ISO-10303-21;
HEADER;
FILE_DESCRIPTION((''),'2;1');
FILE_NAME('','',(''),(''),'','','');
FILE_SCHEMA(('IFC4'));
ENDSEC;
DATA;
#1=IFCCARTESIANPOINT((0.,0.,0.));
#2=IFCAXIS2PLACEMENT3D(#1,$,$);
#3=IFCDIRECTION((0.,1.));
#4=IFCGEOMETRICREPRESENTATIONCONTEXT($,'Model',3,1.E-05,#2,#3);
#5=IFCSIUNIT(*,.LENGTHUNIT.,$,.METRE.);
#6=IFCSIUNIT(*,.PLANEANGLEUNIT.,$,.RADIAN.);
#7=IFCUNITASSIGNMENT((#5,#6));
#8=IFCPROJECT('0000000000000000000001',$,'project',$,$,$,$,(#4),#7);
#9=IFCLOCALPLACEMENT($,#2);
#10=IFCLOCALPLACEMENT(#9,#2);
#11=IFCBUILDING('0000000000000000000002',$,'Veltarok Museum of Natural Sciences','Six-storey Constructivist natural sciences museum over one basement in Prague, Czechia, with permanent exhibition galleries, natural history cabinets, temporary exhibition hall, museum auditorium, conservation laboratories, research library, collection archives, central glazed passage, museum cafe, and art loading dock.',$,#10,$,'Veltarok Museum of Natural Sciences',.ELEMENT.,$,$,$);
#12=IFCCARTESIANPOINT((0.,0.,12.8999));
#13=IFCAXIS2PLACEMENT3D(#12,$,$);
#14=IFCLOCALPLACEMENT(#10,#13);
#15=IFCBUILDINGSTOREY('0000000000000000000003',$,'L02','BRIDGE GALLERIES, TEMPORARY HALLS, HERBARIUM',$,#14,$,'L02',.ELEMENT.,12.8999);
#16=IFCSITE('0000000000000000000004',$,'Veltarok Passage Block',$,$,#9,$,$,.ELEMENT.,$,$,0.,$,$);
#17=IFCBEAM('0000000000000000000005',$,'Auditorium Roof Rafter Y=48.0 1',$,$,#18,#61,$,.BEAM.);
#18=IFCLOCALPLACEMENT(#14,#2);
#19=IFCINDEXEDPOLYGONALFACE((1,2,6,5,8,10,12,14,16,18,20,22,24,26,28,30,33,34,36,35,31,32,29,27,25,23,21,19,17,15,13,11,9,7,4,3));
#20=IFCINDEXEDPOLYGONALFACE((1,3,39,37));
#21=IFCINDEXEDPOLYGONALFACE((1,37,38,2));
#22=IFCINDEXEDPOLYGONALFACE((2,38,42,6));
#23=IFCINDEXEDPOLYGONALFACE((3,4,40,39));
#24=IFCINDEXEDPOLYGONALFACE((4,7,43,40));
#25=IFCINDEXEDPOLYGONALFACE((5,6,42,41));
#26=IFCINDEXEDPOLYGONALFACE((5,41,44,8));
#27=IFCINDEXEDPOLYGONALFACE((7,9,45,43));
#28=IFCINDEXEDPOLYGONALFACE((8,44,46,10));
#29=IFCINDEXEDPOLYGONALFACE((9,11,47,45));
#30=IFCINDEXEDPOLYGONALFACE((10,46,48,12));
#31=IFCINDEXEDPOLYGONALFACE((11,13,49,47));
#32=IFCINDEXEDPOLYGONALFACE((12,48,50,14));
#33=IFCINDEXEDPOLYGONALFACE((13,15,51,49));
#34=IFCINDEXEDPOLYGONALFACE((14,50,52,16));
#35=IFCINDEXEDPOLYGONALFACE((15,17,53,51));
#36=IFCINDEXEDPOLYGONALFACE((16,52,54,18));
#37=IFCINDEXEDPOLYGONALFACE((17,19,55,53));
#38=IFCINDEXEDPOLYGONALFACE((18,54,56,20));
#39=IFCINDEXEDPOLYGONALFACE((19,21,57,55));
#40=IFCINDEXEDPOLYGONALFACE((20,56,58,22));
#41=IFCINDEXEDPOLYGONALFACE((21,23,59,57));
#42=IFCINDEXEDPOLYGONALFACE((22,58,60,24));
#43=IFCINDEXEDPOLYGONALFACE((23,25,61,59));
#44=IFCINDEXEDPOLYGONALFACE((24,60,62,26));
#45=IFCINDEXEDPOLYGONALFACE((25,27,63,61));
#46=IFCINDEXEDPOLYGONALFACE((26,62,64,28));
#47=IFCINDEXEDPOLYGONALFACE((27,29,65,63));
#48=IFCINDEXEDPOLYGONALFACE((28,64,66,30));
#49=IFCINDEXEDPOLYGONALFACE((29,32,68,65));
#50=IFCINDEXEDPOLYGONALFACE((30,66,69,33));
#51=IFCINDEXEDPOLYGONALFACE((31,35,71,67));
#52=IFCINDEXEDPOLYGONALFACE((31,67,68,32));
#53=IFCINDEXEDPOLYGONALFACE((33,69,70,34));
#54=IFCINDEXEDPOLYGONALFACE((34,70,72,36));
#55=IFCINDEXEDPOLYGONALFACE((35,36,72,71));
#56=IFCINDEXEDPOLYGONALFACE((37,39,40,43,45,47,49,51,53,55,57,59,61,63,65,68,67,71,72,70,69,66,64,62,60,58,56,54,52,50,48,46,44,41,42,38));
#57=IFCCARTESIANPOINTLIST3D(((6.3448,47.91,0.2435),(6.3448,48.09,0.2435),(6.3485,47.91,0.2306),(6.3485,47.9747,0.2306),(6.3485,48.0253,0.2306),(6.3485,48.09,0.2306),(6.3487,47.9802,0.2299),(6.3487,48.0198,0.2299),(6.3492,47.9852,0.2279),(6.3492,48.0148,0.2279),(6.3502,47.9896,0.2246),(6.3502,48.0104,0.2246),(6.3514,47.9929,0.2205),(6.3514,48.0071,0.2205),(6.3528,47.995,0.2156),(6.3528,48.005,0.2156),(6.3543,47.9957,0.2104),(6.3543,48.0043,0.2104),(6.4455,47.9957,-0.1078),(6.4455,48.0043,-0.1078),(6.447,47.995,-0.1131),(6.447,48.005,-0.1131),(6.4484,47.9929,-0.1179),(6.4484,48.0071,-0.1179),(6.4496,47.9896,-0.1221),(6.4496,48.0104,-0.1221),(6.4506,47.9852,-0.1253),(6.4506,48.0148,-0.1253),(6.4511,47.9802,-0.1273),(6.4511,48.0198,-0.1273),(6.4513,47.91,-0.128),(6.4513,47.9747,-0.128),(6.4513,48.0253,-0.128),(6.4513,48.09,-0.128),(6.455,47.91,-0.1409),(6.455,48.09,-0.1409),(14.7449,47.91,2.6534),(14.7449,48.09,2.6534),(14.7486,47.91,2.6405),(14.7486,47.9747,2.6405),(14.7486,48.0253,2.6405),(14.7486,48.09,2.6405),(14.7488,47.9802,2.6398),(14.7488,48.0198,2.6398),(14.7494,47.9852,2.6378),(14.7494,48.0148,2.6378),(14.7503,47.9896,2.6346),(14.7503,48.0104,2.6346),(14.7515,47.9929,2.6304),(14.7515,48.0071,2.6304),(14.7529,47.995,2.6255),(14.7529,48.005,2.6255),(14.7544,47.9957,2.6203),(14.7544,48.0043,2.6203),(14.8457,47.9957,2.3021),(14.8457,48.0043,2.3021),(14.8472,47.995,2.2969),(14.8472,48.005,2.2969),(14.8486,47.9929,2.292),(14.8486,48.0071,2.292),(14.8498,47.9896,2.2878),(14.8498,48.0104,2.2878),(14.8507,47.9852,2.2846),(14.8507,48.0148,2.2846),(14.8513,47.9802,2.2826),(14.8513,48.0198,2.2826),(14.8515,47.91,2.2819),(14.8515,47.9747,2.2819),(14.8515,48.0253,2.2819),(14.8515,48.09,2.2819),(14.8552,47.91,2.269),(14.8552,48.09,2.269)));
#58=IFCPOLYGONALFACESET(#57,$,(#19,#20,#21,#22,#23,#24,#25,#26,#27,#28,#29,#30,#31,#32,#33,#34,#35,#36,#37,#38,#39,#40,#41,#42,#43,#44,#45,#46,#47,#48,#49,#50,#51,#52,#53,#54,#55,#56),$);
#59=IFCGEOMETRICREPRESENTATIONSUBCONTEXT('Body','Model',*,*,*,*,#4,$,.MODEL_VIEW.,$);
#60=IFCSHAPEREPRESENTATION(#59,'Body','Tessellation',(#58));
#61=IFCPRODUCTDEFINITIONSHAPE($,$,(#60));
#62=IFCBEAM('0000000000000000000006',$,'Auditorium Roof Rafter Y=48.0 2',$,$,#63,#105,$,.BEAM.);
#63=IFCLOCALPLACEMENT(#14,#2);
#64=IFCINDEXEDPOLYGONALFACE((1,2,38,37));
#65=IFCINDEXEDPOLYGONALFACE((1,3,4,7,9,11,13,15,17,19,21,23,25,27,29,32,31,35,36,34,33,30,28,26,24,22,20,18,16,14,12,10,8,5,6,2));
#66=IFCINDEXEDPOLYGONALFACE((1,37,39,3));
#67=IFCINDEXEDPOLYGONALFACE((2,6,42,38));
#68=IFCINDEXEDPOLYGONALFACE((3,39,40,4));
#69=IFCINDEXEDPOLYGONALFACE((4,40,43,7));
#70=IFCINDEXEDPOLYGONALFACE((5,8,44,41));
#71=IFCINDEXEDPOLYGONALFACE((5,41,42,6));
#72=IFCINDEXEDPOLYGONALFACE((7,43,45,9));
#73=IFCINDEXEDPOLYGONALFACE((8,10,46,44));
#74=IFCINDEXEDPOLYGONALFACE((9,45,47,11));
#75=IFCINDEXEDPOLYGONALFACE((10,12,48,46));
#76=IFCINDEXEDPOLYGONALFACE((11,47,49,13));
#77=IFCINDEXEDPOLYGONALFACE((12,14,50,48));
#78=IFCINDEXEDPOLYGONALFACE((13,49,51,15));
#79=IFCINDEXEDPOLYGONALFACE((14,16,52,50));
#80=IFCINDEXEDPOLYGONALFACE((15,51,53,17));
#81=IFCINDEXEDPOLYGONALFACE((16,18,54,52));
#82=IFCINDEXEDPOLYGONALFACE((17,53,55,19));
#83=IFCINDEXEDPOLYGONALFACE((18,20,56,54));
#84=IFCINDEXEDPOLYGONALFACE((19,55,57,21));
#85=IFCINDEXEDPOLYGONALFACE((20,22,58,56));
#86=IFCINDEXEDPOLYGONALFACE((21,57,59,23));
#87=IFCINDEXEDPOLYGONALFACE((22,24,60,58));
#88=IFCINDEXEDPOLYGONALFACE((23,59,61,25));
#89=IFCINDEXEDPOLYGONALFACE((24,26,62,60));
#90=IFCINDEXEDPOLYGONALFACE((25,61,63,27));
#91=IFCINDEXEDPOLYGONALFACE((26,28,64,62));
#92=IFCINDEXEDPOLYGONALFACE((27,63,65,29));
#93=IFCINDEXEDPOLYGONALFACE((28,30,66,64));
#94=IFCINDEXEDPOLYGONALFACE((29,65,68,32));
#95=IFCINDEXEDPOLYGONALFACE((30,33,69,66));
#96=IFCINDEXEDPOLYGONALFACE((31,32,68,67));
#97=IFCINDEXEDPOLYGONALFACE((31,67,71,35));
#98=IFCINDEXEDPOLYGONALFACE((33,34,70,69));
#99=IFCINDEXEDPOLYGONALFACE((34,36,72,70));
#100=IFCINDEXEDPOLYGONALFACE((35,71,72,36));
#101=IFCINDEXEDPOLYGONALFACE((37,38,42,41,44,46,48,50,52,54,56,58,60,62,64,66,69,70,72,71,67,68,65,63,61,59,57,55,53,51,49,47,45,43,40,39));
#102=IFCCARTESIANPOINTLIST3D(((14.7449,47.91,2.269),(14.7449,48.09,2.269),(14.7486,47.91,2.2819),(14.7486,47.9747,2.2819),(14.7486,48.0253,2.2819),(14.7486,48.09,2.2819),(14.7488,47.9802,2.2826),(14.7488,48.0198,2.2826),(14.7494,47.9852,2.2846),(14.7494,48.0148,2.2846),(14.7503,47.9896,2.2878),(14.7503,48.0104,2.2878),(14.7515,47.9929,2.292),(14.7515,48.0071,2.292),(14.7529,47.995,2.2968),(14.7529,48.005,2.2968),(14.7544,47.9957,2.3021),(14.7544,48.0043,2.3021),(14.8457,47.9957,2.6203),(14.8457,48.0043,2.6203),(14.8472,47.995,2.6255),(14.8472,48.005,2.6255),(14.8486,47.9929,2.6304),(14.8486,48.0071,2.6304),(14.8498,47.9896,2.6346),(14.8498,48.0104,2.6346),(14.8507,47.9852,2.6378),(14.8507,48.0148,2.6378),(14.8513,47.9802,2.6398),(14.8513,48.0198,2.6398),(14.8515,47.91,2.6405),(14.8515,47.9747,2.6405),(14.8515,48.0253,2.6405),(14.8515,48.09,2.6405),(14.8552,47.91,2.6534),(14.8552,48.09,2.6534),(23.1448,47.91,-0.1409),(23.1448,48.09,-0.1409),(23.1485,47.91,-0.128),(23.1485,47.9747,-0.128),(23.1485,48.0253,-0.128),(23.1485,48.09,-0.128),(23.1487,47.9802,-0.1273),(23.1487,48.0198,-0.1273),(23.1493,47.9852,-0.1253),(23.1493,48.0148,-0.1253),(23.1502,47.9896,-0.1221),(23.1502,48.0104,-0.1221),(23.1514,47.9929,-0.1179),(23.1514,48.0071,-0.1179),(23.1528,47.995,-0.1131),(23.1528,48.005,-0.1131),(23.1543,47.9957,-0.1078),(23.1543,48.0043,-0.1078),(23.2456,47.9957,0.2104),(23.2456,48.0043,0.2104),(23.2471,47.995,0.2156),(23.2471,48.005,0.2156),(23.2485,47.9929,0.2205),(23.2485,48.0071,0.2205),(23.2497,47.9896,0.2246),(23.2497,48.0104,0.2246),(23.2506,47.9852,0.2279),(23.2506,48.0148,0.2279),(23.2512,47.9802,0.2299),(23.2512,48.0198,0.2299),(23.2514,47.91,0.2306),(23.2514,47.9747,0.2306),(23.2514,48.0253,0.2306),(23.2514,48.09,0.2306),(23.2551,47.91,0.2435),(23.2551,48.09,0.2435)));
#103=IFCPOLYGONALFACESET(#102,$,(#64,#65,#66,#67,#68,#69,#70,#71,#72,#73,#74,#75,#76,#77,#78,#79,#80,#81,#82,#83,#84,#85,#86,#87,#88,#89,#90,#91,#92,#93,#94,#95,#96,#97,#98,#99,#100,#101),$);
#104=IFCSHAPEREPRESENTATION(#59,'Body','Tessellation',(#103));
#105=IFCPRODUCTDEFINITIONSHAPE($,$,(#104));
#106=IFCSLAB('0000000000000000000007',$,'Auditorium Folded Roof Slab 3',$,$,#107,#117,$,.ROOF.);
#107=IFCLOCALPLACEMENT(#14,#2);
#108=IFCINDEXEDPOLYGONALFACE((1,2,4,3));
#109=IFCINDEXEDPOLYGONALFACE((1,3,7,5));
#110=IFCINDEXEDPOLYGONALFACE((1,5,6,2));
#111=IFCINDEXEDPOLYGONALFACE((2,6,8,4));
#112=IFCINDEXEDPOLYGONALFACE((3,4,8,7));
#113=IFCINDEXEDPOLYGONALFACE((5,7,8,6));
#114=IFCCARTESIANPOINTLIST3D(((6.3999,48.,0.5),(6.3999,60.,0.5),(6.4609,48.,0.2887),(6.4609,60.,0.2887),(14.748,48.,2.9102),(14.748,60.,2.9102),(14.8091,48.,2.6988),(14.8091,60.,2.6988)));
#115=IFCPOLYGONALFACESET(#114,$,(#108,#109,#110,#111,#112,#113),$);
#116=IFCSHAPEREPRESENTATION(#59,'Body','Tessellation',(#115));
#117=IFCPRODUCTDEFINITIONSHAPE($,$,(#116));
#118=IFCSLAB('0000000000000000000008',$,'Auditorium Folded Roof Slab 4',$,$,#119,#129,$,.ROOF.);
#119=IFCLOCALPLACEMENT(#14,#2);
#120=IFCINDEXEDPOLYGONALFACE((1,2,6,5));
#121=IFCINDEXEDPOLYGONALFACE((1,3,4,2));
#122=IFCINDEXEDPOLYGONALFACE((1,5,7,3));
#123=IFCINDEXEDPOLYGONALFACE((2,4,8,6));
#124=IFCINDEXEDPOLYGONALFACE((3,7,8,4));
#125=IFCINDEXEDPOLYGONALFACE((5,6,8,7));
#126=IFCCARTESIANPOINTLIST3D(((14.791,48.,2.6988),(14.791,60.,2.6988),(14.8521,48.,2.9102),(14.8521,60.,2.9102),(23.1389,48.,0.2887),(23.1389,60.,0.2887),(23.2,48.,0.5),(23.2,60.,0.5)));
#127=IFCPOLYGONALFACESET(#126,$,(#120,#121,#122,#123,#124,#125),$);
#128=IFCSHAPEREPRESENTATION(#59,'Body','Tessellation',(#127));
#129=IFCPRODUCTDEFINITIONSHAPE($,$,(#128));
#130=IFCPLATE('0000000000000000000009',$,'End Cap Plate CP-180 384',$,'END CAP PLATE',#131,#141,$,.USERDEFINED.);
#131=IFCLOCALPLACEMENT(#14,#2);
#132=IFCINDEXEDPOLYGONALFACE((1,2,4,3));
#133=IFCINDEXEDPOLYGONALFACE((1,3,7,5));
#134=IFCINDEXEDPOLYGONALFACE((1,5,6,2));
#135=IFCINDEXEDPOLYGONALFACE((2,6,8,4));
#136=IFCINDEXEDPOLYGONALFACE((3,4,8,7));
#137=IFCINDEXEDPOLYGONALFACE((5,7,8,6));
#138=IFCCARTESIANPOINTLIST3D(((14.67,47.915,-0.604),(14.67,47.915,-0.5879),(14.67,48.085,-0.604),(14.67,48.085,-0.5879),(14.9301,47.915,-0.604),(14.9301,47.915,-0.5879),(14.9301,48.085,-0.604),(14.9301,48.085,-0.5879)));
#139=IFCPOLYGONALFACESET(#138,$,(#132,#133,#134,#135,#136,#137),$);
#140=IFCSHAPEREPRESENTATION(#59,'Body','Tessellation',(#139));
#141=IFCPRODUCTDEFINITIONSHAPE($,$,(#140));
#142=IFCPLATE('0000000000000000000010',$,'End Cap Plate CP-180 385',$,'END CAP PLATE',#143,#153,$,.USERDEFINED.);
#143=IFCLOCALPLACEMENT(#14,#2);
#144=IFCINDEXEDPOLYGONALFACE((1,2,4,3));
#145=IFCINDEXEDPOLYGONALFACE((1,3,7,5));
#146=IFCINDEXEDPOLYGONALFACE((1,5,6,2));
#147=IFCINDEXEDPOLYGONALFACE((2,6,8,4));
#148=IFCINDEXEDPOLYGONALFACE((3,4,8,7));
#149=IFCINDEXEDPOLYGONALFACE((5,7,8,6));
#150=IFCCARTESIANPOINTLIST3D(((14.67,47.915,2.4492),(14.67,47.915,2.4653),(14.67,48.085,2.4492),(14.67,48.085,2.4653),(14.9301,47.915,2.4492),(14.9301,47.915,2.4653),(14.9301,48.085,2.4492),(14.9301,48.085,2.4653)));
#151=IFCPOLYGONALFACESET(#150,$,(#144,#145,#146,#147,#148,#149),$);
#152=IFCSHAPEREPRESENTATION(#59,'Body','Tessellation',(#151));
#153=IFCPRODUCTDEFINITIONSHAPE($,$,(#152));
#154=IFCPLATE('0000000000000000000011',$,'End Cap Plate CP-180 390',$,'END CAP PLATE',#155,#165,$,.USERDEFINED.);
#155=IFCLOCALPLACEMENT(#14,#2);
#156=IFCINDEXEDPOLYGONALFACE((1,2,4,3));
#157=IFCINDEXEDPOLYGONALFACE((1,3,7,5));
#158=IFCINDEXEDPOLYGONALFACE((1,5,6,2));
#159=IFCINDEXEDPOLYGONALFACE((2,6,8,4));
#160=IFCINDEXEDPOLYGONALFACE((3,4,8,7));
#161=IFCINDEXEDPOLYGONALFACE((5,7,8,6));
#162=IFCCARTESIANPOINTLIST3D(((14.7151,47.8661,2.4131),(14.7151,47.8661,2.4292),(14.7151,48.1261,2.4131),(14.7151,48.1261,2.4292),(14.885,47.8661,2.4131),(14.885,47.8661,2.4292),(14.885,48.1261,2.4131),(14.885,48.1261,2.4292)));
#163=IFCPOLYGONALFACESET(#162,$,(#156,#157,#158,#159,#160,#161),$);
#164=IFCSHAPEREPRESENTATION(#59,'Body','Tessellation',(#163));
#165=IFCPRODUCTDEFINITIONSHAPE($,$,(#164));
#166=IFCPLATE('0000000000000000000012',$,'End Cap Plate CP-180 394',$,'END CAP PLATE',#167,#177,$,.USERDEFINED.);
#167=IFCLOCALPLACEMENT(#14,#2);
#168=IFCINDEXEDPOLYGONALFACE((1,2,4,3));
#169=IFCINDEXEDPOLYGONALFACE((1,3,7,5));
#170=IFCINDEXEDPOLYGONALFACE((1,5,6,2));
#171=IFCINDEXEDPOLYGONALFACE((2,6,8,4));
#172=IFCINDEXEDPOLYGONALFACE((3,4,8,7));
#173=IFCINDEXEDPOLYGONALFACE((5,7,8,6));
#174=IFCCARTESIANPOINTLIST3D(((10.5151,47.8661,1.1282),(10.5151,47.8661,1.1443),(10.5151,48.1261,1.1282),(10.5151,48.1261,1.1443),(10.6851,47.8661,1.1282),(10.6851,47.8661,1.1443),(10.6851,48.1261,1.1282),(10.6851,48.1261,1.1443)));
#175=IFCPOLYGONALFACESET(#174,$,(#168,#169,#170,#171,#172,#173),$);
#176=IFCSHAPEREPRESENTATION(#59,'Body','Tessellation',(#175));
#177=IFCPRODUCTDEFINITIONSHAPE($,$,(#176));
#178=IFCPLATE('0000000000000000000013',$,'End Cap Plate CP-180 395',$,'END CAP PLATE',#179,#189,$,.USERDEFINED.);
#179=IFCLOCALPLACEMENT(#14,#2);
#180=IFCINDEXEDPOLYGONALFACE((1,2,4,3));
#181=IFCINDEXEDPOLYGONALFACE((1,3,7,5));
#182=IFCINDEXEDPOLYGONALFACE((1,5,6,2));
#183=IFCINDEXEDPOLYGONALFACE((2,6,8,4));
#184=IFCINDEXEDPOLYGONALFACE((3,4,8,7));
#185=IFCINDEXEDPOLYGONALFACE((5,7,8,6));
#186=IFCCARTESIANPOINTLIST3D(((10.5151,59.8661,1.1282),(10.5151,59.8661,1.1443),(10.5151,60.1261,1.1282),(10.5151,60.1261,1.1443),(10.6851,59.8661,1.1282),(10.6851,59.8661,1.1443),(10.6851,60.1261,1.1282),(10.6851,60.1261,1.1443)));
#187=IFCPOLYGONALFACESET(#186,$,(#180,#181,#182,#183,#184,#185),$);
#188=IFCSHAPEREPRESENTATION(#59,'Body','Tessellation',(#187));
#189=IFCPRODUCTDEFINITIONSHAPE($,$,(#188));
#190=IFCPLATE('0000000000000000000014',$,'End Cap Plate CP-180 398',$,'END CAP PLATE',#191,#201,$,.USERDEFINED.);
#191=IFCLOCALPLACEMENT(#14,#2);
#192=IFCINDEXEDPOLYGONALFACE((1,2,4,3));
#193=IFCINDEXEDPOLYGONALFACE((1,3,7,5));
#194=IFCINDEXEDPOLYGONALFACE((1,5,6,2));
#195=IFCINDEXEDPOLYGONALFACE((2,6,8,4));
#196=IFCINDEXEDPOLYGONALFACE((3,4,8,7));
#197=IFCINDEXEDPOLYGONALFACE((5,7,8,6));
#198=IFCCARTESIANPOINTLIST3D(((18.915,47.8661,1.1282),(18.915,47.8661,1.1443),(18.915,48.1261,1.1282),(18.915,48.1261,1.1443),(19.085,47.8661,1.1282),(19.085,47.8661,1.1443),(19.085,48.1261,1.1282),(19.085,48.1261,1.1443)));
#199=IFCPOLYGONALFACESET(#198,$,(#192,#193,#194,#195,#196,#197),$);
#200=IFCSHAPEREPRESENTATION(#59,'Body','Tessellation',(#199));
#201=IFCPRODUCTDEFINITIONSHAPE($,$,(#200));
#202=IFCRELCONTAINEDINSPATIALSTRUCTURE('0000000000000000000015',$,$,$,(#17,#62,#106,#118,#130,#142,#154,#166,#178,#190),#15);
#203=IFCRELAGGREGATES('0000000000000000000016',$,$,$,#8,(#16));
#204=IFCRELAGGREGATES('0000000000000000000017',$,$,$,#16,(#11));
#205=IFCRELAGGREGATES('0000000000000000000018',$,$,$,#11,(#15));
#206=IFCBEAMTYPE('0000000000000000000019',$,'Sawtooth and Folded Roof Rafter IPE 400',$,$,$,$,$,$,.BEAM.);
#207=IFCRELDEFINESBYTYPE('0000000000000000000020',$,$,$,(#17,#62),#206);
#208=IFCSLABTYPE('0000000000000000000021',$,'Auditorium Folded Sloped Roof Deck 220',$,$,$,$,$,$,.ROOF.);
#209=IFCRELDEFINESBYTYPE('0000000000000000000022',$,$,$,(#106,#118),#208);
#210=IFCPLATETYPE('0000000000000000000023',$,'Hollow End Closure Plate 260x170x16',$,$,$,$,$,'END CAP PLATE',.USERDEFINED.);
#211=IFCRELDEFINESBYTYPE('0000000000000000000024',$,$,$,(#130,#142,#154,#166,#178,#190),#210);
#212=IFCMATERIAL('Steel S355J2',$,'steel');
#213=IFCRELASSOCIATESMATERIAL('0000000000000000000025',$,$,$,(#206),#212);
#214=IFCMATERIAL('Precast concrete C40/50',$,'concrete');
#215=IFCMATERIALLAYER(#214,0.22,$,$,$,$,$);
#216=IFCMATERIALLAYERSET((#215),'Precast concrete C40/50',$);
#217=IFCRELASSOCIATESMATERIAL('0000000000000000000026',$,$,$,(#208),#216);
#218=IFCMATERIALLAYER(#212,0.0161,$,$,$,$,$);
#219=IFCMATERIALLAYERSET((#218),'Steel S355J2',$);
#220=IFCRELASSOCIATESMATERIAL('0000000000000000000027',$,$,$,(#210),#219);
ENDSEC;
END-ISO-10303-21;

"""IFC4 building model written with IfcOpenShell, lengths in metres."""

from ifc_helpers import new_model, si_unit, direction, frame, origin, origin_2d, place, context, subcontext, project, spatial, polyline, rectangle, i_section, outline, extrude, material, layer, layer_set, material_profile, profile_set, type_object, element, save


model = new_model("IFC4")

# Units and contexts
model_context = context("Model", 3, precision=1e-05, world=origin(), true_north=direction((0.0, 1.0)))
body_context = subcontext(model_context, "Body", "Model", "MODEL_VIEW")
ifc_project = project(units=[si_unit("LENGTHUNIT", "METRE"), si_unit("PLANEANGLEUNIT", "RADIAN")], contexts=[model_context])

# Site, building, storey
site_placement = place(None, origin())
site = spatial("IfcSite", under=ifc_project, at=site_placement, Name="Veltarok Passage Block", CompositionType="ELEMENT", RefElevation=0.0)
building_placement = place(site_placement, origin())
building = spatial("IfcBuilding", under=site, at=building_placement, Name="Veltarok Museum of Natural Sciences", Description="Six-storey Constructivist natural sciences museum over one basement in Prague, Czechia, with permanent exhibition galleries, natural history cabinets, temporary exhibition hall, museum auditorium, conservation laboratories, research library, collection archives, central glazed passage, museum cafe, and art loading dock.", LongName="Veltarok Museum of Natural Sciences", CompositionType="ELEMENT")
storey_placement = place(building_placement, frame((0.0, 0.0, 12.8999)))
storey = spatial("IfcBuildingStorey", under=building, at=storey_placement, Name="L02", Description="BRIDGE GALLERIES, TEMPORARY HALLS, HERBARIUM", LongName="L02", CompositionType="ELEMENT", Elevation=12.8999)

# Shared definitions
ifc_material_1 = material(Name="Steel S355J2", Category="steel")

# Beams
ifc_material_profile_1 = material_profile(ifc_material_1, i_section(OverallWidth=0.1799, OverallDepth=0.3999, WebThickness=0.0085, FlangeThickness=0.0134, FilletRadius=0.021, at=origin_2d()), Name="IPE 400")
ifc_profile_set_1 = profile_set([ifc_material_profile_1], Name="Steel S355J2")
beam_type_1 = type_object("IfcBeamType", Name="Sawtooth and Folded Roof Rafter IPE 400", PredefinedType="BEAM", material=ifc_profile_set_1)
beam_1_placement = place(storey_placement, frame((6.3999, 48.0, 0.0513), z_axis=(0.961225, 0.0, 0.275765), x_axis=(0.0, 1.0, 0.0)))
element("IfcBeam", 1, at=beam_1_placement, inside=storey, type_object=beam_type_1, Name="Auditorium Roof Rafter Y=48.0 1", PredefinedType="BEAM", context=body_context, shape_type="SweptSolid", body=[
    extrude(i_section(OverallWidth=0.1799, OverallDepth=0.3999, WebThickness=0.0085, FlangeThickness=0.0134, FilletRadius=0.021, at=origin_2d()), origin(), (0.0, 0.0, 1.0), 8.739),
])
beam_2_placement = place(storey_placement, frame((14.8, 48.0, 2.4612), z_axis=(0.961223, 0.0, -0.275773), x_axis=(0.0, 1.0, 0.0)))
element("IfcBeam", 2, at=beam_2_placement, inside=storey, type_object=beam_type_1, Name="Auditorium Roof Rafter Y=48.0 2", PredefinedType="BEAM", context=body_context, shape_type="SweptSolid", body=[
    extrude(i_section(OverallWidth=0.1799, OverallDepth=0.3999, WebThickness=0.0085, FlangeThickness=0.0134, FilletRadius=0.021, at=origin_2d()), origin(), (0.0, 0.0, 1.0), 8.7388),
])

# Slabs
ifc_material_2 = material(Name="Precast concrete C40/50", Category="concrete")
ifc_layer_1 = layer(ifc_material_2, 0.22)
ifc_layer_set_1 = layer_set([ifc_layer_1], Name="Precast concrete C40/50")
slab_type = type_object("IfcSlabType", Name="Auditorium Folded Sloped Roof Deck 220", PredefinedType="ROOF", material=ifc_layer_set_1)
slab_1_placement = place(storey_placement, frame((6.3999, 48.0, 0.5), z_axis=(-0.277377, 0.0, 0.960761), x_axis=(0.960761, 0.0, 0.277377)))
element("IfcSlab", 3, at=slab_1_placement, inside=storey, type_object=slab_type, Name="Auditorium Folded Roof Slab 3", PredefinedType="ROOF", context=body_context, shape_type="SweptSolid", body=[
    extrude(outline(polyline([(0.0, 0.0), (8.6891, 0.0), (8.6891, 12.0), (0.0, 12.0), (0.0, 0.0)])), origin(), (0.0, 0.0, -1.0), 0.22),
])
slab_2_placement = place(storey_placement, frame((14.8521, 48.0, 2.9102), z_axis=(0.277385, 0.0, 0.960759), x_axis=(0.960759, 0.0, -0.277385)))
element("IfcSlab", 4, at=slab_2_placement, inside=storey, type_object=slab_type, Name="Auditorium Folded Roof Slab 4", PredefinedType="ROOF", context=body_context, shape_type="SweptSolid", body=[
    extrude(outline(polyline([(0.0, 0.0), (8.6889, 0.0), (8.6889, 12.0), (0.0, 12.0), (0.0, 0.0)])), origin(), (0.0, 0.0, -1.0), 0.22),
])

# Plates
ifc_layer_2 = layer(ifc_material_1, 0.0161)
ifc_layer_set_2 = layer_set([ifc_layer_2], Name="Steel S355J2")
plate_type_1 = type_object("IfcPlateType", Name="Hollow End Closure Plate 260x170x16", ElementType="END CAP PLATE", PredefinedType="USERDEFINED", material=ifc_layer_set_2)
for number, where, z_axis, x_axis, name in (
    (5, (14.8, 48.0, -0.604), (0.0, 0.0, 1.0), (1.0, 0.0, 0.0), "End Cap Plate CP-180 384"),
    (6, (14.8, 48.0, 2.4492), (0.0, 0.0, 1.0), (1.0, 0.0, 0.0), "End Cap Plate CP-180 385"),
    (7, (14.8, 47.9961, 2.4131), (0.0, 0.0, 1.0), (0.0, 1.0, 0.0), "End Cap Plate CP-180 390"),
    (8, (10.6001, 47.9961, 1.1282), (0.0, 0.0, 1.0), (0.0, 1.0, 0.0), "End Cap Plate CP-180 394"),
    (9, (10.6001, 59.9961, 1.1282), (0.0, 0.0, 1.0), (0.0, 1.0, 0.0), "End Cap Plate CP-180 395"),
    (10, (19.0, 47.9961, 1.1282), (0.0, 0.0, 1.0), (0.0, 1.0, 0.0), "End Cap Plate CP-180 398"),
):
    element("IfcPlate", number, at=place(storey_placement, frame(where, z_axis=z_axis, x_axis=x_axis)), inside=storey, type_object=plate_type_1, Name=name, ObjectType="END CAP PLATE", PredefinedType="USERDEFINED", context=body_context, shape_type="SweptSolid", body=[
        extrude(rectangle(XDim=0.26, YDim=0.1699, at=origin_2d()), origin(), (0.0, 0.0, 1.0), 0.0161),
    ])

save(model, "model.ifc")
